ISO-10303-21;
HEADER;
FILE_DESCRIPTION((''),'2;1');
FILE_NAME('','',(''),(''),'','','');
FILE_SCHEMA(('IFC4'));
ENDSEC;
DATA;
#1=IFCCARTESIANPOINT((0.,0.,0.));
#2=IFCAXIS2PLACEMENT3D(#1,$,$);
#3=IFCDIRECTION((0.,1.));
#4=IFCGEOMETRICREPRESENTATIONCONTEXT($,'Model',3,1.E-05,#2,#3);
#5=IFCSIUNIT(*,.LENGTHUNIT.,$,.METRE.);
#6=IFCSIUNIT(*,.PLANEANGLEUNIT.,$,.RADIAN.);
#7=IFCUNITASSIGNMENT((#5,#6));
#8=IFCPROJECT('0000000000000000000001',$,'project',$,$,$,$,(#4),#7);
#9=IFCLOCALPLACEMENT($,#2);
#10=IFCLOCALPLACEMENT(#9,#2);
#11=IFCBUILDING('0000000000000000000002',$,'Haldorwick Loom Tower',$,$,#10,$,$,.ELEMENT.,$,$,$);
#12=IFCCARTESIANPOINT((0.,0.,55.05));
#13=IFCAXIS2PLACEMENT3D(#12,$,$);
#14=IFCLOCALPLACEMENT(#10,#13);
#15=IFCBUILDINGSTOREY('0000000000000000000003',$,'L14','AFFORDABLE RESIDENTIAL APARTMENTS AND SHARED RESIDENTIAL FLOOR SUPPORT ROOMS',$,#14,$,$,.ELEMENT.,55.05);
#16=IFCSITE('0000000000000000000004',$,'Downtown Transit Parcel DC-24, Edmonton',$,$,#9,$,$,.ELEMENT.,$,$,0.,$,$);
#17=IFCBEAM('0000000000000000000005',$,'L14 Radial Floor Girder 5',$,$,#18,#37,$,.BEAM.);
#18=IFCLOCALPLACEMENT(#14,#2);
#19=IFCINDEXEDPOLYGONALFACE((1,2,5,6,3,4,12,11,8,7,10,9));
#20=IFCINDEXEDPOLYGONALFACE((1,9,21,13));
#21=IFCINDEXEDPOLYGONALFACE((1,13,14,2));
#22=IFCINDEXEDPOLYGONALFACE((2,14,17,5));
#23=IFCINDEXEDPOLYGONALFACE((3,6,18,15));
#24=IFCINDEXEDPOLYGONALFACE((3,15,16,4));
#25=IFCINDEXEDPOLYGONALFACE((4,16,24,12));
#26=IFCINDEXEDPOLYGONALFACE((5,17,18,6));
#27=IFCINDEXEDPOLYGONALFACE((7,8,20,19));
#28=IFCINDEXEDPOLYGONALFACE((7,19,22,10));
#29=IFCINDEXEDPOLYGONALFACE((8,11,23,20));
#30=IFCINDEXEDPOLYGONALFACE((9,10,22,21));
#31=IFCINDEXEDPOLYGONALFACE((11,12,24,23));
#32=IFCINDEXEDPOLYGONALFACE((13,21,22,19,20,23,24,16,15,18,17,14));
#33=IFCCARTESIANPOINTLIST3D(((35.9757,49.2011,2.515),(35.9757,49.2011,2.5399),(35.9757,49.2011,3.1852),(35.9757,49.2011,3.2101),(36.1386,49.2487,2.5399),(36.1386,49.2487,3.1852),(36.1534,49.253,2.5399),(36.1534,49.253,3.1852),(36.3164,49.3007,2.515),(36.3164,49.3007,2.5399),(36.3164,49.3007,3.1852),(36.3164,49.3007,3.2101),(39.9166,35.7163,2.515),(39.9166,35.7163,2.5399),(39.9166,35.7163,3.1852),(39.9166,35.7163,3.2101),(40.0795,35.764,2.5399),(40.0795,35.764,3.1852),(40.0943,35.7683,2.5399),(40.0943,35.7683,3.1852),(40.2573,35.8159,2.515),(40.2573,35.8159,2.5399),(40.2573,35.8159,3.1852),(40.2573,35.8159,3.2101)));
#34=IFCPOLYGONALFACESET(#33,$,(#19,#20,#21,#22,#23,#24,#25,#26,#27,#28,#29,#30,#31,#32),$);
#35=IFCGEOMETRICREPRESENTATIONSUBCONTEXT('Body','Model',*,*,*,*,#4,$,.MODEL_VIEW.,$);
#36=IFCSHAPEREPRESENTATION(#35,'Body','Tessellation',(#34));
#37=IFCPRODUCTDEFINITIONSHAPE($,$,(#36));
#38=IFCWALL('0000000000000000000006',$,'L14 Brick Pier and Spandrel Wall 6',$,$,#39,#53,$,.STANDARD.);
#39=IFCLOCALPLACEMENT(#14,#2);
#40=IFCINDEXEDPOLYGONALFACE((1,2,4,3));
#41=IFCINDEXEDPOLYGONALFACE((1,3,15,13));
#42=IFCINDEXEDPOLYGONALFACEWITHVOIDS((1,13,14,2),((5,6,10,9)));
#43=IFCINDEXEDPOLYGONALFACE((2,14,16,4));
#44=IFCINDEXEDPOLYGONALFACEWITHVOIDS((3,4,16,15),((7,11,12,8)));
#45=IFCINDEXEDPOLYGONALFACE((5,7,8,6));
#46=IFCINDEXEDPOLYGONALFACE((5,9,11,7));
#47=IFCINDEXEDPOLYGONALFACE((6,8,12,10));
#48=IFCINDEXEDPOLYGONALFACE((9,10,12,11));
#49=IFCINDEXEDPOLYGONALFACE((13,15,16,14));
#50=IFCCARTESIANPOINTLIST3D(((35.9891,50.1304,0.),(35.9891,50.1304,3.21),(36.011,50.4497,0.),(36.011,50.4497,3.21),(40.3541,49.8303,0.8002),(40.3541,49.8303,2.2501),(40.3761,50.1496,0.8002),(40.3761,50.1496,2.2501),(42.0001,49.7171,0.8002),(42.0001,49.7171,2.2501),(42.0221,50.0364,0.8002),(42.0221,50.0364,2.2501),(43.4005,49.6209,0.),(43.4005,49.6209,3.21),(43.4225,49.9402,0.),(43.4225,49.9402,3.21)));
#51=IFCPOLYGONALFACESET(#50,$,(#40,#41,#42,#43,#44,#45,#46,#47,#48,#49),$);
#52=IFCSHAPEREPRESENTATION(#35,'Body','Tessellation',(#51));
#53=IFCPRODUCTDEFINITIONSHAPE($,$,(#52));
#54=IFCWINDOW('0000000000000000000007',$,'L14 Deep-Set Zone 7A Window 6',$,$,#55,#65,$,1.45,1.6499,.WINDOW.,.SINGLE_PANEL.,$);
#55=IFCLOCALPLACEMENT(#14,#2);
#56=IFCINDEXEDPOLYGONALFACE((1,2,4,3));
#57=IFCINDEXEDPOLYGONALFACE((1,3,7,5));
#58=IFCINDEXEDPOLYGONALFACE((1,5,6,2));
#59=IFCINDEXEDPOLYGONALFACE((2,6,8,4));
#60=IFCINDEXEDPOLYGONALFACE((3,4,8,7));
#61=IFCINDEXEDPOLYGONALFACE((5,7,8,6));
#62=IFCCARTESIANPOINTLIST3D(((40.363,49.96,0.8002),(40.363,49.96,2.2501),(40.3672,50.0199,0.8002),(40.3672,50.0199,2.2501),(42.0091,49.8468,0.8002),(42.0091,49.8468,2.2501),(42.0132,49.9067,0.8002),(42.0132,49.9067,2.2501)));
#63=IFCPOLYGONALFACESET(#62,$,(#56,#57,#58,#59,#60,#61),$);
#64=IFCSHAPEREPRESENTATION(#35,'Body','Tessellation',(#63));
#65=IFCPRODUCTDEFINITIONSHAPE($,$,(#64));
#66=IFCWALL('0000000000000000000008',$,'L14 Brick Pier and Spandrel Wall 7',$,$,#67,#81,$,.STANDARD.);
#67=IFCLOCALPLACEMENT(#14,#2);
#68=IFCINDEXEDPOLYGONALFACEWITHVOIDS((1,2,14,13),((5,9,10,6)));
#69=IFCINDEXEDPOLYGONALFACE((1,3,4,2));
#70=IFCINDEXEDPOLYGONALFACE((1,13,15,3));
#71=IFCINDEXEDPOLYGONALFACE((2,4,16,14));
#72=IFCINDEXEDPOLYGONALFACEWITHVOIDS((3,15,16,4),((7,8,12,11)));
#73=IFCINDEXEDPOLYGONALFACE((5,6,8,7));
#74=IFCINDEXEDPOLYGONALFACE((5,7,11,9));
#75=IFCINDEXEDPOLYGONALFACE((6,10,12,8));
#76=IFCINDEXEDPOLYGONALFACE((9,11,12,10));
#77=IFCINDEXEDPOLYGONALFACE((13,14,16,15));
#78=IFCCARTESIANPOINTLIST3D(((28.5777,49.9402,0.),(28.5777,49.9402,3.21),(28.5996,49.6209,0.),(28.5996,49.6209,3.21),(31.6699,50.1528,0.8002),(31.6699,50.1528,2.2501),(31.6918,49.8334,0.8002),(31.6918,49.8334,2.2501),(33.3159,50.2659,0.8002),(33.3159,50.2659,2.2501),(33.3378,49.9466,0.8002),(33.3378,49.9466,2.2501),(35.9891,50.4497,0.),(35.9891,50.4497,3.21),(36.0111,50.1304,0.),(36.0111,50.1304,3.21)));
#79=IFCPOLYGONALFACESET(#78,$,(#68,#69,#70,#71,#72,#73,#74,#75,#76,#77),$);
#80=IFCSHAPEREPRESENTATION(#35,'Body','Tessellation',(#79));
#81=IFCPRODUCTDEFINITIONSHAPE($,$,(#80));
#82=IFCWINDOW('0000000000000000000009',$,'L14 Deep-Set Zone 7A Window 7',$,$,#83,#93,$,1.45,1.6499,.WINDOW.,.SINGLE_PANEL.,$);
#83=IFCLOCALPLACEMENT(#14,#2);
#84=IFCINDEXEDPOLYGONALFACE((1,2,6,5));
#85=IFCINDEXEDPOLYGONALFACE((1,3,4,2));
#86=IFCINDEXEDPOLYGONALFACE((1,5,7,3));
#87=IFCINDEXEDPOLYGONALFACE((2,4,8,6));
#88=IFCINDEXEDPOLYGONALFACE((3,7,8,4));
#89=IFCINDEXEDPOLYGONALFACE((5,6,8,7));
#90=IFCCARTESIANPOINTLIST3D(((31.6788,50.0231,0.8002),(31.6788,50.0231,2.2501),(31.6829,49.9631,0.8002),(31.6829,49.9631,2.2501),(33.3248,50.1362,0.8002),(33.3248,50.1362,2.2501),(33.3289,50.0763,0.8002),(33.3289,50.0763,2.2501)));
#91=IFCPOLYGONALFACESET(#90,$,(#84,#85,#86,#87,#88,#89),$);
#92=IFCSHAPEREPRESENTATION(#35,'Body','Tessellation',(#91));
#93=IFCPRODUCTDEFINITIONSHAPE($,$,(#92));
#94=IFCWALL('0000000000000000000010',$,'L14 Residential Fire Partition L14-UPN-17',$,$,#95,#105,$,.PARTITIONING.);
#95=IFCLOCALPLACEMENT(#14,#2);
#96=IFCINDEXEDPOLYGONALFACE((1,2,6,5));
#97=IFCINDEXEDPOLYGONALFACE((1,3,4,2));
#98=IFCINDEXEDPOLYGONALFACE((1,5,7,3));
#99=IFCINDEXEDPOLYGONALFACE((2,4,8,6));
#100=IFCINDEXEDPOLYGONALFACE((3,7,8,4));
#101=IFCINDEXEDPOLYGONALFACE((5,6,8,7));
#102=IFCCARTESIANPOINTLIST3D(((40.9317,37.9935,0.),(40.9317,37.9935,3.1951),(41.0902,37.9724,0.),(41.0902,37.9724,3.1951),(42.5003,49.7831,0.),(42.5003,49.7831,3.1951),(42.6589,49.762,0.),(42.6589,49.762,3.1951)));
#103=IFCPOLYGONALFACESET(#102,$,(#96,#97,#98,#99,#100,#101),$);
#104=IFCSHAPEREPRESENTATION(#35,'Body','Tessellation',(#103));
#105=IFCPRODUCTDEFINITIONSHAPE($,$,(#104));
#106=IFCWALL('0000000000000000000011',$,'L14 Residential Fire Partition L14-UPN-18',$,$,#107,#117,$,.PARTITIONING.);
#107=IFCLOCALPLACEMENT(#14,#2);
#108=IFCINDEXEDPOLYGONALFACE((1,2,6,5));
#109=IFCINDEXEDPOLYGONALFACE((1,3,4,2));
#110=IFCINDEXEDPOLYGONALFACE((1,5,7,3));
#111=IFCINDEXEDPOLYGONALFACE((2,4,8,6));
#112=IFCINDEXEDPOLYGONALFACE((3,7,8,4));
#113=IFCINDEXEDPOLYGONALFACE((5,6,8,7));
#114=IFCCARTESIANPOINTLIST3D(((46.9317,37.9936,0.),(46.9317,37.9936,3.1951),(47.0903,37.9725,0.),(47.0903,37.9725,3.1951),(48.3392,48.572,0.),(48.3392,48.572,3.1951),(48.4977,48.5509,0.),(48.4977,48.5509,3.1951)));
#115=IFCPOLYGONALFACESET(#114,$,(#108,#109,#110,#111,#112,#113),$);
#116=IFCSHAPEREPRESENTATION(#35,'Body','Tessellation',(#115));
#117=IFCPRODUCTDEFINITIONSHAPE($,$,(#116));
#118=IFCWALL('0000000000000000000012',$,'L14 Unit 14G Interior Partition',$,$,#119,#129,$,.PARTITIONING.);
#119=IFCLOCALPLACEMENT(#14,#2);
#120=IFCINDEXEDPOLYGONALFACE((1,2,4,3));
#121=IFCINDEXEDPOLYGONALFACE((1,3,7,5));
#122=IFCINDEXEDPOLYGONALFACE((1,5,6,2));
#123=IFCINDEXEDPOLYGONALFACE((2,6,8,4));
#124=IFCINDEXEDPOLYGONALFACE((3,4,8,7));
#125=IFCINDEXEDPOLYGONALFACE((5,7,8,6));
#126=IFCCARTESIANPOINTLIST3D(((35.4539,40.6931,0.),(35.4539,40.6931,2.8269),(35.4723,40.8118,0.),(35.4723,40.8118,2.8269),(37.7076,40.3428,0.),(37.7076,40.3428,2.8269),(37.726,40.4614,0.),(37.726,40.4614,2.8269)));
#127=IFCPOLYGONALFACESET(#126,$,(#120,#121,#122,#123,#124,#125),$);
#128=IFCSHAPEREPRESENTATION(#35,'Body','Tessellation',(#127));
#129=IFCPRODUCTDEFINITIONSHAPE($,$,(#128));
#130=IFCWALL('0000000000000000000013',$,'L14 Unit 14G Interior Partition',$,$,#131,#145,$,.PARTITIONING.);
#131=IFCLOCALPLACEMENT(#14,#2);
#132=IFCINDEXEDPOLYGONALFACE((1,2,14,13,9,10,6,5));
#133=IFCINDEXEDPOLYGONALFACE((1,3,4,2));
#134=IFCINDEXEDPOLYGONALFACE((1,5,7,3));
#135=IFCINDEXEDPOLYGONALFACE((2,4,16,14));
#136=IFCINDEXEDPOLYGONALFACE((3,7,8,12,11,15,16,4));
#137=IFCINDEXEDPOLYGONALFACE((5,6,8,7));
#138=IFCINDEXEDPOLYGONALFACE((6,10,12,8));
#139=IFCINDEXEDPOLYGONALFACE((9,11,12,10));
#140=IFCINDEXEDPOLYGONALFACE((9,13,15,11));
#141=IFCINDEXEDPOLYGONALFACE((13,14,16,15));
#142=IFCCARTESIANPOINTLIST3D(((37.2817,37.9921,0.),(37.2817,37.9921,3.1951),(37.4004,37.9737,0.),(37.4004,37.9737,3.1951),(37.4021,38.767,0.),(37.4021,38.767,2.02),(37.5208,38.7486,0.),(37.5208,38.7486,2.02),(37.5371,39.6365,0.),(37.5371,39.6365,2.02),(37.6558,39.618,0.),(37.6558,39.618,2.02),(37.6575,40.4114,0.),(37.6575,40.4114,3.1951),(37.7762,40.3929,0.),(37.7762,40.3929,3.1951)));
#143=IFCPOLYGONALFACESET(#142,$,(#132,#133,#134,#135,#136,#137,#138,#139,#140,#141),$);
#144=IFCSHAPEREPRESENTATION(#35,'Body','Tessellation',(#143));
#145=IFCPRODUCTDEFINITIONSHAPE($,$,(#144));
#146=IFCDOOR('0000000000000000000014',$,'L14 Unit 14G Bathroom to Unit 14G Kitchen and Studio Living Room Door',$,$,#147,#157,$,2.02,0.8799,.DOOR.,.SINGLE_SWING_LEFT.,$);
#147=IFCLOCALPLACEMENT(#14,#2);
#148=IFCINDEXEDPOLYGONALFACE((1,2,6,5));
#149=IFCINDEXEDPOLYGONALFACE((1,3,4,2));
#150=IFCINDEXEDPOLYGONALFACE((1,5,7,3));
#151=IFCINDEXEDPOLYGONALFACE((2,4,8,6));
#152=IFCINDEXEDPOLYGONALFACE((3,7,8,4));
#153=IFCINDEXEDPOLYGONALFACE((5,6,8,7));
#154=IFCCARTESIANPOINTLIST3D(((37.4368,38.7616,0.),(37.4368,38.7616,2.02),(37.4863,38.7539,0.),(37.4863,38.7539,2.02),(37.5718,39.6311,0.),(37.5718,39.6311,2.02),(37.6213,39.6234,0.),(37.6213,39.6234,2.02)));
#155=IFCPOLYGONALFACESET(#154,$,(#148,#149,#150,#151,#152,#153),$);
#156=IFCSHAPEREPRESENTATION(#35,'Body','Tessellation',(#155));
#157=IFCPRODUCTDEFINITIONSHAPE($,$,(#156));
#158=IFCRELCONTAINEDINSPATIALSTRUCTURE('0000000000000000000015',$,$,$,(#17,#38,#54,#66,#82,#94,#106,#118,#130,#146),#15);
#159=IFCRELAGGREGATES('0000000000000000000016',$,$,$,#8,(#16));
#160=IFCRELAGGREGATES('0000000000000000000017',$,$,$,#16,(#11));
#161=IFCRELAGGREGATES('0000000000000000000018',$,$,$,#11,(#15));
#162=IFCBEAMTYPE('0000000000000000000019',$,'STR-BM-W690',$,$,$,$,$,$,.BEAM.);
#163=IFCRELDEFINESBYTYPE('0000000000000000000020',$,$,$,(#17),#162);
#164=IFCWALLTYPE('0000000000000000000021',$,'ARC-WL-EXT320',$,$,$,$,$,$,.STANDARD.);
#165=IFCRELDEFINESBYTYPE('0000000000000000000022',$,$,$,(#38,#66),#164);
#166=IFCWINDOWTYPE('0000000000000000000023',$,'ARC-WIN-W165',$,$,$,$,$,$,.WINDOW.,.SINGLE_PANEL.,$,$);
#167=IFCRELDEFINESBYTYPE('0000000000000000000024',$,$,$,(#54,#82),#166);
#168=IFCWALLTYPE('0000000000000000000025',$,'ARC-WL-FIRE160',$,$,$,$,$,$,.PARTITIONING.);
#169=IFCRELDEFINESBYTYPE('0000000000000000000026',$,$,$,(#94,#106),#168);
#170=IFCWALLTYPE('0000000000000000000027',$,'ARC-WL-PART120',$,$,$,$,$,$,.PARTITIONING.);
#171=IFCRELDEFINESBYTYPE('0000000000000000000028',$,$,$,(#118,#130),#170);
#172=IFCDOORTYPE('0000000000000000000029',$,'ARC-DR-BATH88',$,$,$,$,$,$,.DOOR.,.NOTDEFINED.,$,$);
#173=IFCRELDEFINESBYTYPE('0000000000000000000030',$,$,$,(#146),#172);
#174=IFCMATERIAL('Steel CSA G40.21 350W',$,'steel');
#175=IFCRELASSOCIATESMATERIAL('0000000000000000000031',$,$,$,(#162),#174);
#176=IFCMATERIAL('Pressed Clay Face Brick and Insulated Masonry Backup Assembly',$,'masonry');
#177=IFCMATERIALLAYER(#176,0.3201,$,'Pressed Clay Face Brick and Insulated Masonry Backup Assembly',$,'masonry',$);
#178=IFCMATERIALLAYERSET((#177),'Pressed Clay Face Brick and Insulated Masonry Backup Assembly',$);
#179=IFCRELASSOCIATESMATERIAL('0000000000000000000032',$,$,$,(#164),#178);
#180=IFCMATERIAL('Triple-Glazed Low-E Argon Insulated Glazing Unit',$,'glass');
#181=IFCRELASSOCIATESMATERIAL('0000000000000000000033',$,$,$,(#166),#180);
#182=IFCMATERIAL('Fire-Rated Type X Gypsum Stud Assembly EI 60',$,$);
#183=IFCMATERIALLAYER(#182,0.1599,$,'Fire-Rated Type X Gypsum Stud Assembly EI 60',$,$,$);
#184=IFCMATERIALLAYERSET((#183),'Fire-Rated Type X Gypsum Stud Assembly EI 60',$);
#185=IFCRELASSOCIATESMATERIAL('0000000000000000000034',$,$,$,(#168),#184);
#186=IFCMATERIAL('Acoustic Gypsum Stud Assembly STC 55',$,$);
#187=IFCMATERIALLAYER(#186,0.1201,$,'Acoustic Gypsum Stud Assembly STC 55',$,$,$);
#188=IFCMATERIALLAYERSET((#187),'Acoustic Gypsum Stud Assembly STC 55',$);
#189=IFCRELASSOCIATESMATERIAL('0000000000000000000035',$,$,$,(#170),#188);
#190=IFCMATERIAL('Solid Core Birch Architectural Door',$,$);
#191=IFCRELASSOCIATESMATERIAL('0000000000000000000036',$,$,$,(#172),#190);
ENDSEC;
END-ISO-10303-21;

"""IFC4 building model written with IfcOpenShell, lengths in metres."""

from ifc_helpers import new_model, si_unit, direction, frame, frame_2d, origin, origin_2d, place, context, subcontext, project, spatial, rectangle, i_section, extrude, material, layer, layer_set, material_profile, profile_set, type_object, element, fill, save


model = new_model("IFC4")

# Units and contexts
model_context = context("Model", 3, precision=1e-05, world=origin(), true_north=direction((0.0, 1.0)))
body_context = subcontext(model_context, "Body", "Model", "MODEL_VIEW")
ifc_project = project(units=[si_unit("LENGTHUNIT", "METRE"), si_unit("PLANEANGLEUNIT", "RADIAN")], contexts=[model_context])

# Site, building, storey
site_placement = place(None, origin())
site = spatial("IfcSite", under=ifc_project, at=site_placement, Name="Downtown Transit Parcel DC-24, Edmonton", CompositionType="ELEMENT", RefElevation=0.0)
building_placement = place(site_placement, origin())
building = spatial("IfcBuilding", under=site, at=building_placement, Name="Haldorwick Loom Tower", CompositionType="ELEMENT")
storey_placement = place(building_placement, frame((0.0, 0.0, 55.05)))
storey = spatial("IfcBuildingStorey", under=building, at=storey_placement, Name="L14", Description="AFFORDABLE RESIDENTIAL APARTMENTS AND SHARED RESIDENTIAL FLOOR SUPPORT ROOMS", CompositionType="ELEMENT", Elevation=55.05)

# Beam
ifc_material_1 = material(Name="Steel CSA G40.21 350W", Category="steel")
ifc_material_profile_1 = material_profile(ifc_material_1, i_section(OverallWidth=0.355, OverallDepth=0.6951, WebThickness=0.0154, FlangeThickness=0.0249, at=origin_2d()), Name="W690X217", Category="steel")
ifc_profile_set_1 = profile_set([ifc_material_profile_1], Name="Steel CSA G40.21 350W")
beam_type_1 = type_object("IfcBeamType", Name="STR-BM-W690", PredefinedType="BEAM", material=ifc_profile_set_1)
beam_1_placement = place(storey_placement, frame((40.0869, 35.7661, 2.8625), z_axis=(-0.280514, 0.95985, 0.0), x_axis=(-0.95985, -0.280514, 0.0)))
element("IfcBeam", 1, at=beam_1_placement, inside=storey, type_object=beam_type_1, Name="L14 Radial Floor Girder 5", PredefinedType="BEAM", context=body_context, shape_type="SweptSolid", body=[
    extrude(i_section(OverallWidth=0.355, OverallDepth=0.6951, WebThickness=0.0154, FlangeThickness=0.0249, at=origin_2d()), origin(), (0.0, 0.0, 1.0), 14.0488),
])

# Walls, openings, windows
ifc_material_2 = material(Name="Pressed Clay Face Brick and Insulated Masonry Backup Assembly", Category="masonry")
ifc_layer_1 = layer(ifc_material_2, 0.3201, Name="Pressed Clay Face Brick and Insulated Masonry Backup Assembly", Category="masonry")
ifc_layer_set_1 = layer_set([ifc_layer_1], Name="Pressed Clay Face Brick and Insulated Masonry Backup Assembly")
wall_type_1 = type_object("IfcWallType", Name="ARC-WL-EXT320", PredefinedType="STANDARD", material=ifc_layer_set_1)
wall_1_placement = place(storey_placement, frame((43.4114, 49.7805, 0.0), z_axis=(0.0, 0.0, 1.0), x_axis=(-0.997645, 0.068587, 0.0)))
wall_1 = element("IfcWall", 2, at=wall_1_placement, inside=storey, type_object=wall_type_1, Name="L14 Brick Pier and Spandrel Wall 6", PredefinedType="STANDARD", context=body_context, shape_type="SweptSolid", body=[
    extrude(rectangle(XDim=7.429, YDim=0.3201, at=frame_2d((3.7144, 0.0))), origin(), (0.0, 0.0, 1.0), 3.21),
])
opening_1_placement = place(wall_1_placement, frame((1.4036, 0.0, 0.8)))
opening_1 = element("IfcOpeningElement", 3, at=opening_1_placement, cuts=wall_1, PredefinedType="OPENING", context=body_context, shape_type="SweptSolid", body=[
    extrude(rectangle(XDim=1.6499, YDim=1.45, at=frame_2d((0.825, 0.7251))), frame((0.0, 0.1699, 0.0), z_axis=(0.0, -1.0, 0.0), x_axis=(1.0, 0.0, 0.0)), (0.0, 0.0, 1.0), 0.3401),
])
ifc_material_3 = material(Name="Triple-Glazed Low-E Argon Insulated Glazing Unit", Category="glass")
window_type = type_object("IfcWindowType", Name="ARC-WIN-W165", PartitioningType="SINGLE_PANEL", PredefinedType="WINDOW", material=ifc_material_3)
window_1_placement = place(opening_1_placement, origin())
window_1 = element("IfcWindow", 4, at=window_1_placement, inside=storey, type_object=window_type, Name="L14 Deep-Set Zone 7A Window 6", OverallHeight=1.45, OverallWidth=1.6499, PartitioningType="SINGLE_PANEL", PredefinedType="WINDOW", context=body_context, shape_type="SweptSolid", body=[
    extrude(rectangle(XDim=1.6499, YDim=1.45, at=frame_2d((0.825, 0.7251))), frame((0.0, 0.03, 0.0), z_axis=(0.0, -1.0, 0.0), x_axis=(1.0, 0.0, 0.0)), (0.0, 0.0, 1.0), 0.0601),
])
fill(opening_1, window_1)
wall_2_placement = place(storey_placement, frame((36.0, 50.29, 0.0), z_axis=(0.0, 0.0, 1.0), x_axis=(-0.997645, -0.068587, 0.0)))
wall_2 = element("IfcWall", 5, at=wall_2_placement, inside=storey, type_object=wall_type_1, Name="L14 Brick Pier and Spandrel Wall 7", PredefinedType="STANDARD", context=body_context, shape_type="SweptSolid", body=[
    extrude(rectangle(XDim=7.429, YDim=0.3201, at=frame_2d((3.7144, 0.0))), origin(), (0.0, 0.0, 1.0), 3.21),
])
opening_2_placement = place(wall_2_placement, frame((2.6794, 0.0, 0.8)))
opening_2 = element("IfcOpeningElement", 6, at=opening_2_placement, cuts=wall_2, PredefinedType="OPENING", context=body_context, shape_type="SweptSolid", body=[
    extrude(rectangle(XDim=1.6499, YDim=1.45, at=frame_2d((0.825, 0.7251))), frame((0.0, 0.1699, 0.0), z_axis=(0.0, -1.0, 0.0), x_axis=(1.0, 0.0, 0.0)), (0.0, 0.0, 1.0), 0.3401),
])
window_2_placement = place(opening_2_placement, origin())
window_2 = element("IfcWindow", 7, at=window_2_placement, inside=storey, type_object=window_type, Name="L14 Deep-Set Zone 7A Window 7", OverallHeight=1.45, OverallWidth=1.6499, PartitioningType="SINGLE_PANEL", PredefinedType="WINDOW", context=body_context, shape_type="SweptSolid", body=[
    extrude(rectangle(XDim=1.6499, YDim=1.45, at=frame_2d((0.825, 0.7251))), frame((0.0, 0.03, 0.0), z_axis=(0.0, -1.0, 0.0), x_axis=(1.0, 0.0, 0.0)), (0.0, 0.0, 1.0), 0.0601),
])
fill(opening_2, window_2)

# Walls
ifc_material_4 = material(Name="Fire-Rated Type X Gypsum Stud Assembly EI 60")
ifc_layer_2 = layer(ifc_material_4, 0.1599, Name="Fire-Rated Type X Gypsum Stud Assembly EI 60")
ifc_layer_set_2 = layer_set([ifc_layer_2], Name="Fire-Rated Type X Gypsum Stud Assembly EI 60")
wall_type_2 = type_object("IfcWallType", Name="ARC-WL-FIRE160", PredefinedType="PARTITIONING", material=ifc_layer_set_2)
wall_3_placement = place(storey_placement, frame((41.011, 37.9829, 0.0), z_axis=(0.0, 0.0, 1.0), x_axis=(0.131888, 0.991265, 0.0)))
element("IfcWall", 8, at=wall_3_placement, inside=storey, type_object=wall_type_2, Name="L14 Residential Fire Partition L14-UPN-17", PredefinedType="PARTITIONING", context=body_context, shape_type="SweptSolid", body=[
    extrude(rectangle(XDim=11.8936, YDim=0.1599, at=frame_2d((5.9468, 0.0))), origin(), (0.0, 0.0, 1.0), 3.1951),
])
wall_4_placement = place(storey_placement, frame((47.011, 37.9829, 0.0), z_axis=(0.0, 0.0, 1.0), x_axis=(0.131889, 0.991264, 0.0)))
element("IfcWall", 9, at=wall_4_placement, inside=storey, type_object=wall_type_2, Name="L14 Residential Fire Partition L14-UPN-18", PredefinedType="PARTITIONING", context=body_context, shape_type="SweptSolid", body=[
    extrude(rectangle(XDim=10.6716, YDim=0.1599, at=frame_2d((5.3359, 0.0))), origin(), (0.0, 0.0, 1.0), 3.1951),
])
ifc_material_5 = material(Name="Acoustic Gypsum Stud Assembly STC 55")
ifc_layer_3 = layer(ifc_material_5, 0.1201, Name="Acoustic Gypsum Stud Assembly STC 55")
ifc_layer_set_3 = layer_set([ifc_layer_3], Name="Acoustic Gypsum Stud Assembly STC 55")
wall_type_3 = type_object("IfcWallType", Name="ARC-WL-PART120", PredefinedType="PARTITIONING", material=ifc_layer_set_3)
wall_5_placement = place(storey_placement, frame((37.7168, 40.4021, 0.0), z_axis=(0.0, 0.0, 1.0), x_axis=(-0.988132, 0.153609, 0.0)))
element("IfcWall", 10, at=wall_5_placement, inside=storey, type_object=wall_type_3, Name="L14 Unit 14G Interior Partition", PredefinedType="PARTITIONING", context=body_context, shape_type="SweptSolid", body=[
    extrude(rectangle(XDim=2.2808, YDim=0.1201, at=frame_2d((1.1404, 0.0))), origin(), (0.0, 0.0, 1.0), 2.8269),
])

# Wall, opening, door
wall_6_placement = place(storey_placement, frame((37.3411, 37.9829, 0.0), z_axis=(0.0, 0.0, 1.0), x_axis=(0.153473, 0.988153, 0.0)))
wall_6 = element("IfcWall", 11, at=wall_6_placement, inside=storey, type_object=wall_type_3, Name="L14 Unit 14G Interior Partition", PredefinedType="PARTITIONING", context=body_context, shape_type="SweptSolid", body=[
    extrude(rectangle(XDim=2.4482, YDim=0.1201, at=frame_2d((1.2241, 0.0))), origin(), (0.0, 0.0, 1.0), 3.1951),
])
opening_3_placement = place(wall_6_placement, frame((0.7842, 0.0, 0.0)))
opening_3 = element("IfcOpeningElement", 12, at=opening_3_placement, cuts=wall_6, PredefinedType="OPENING", context=body_context, shape_type="SweptSolid", body=[
    extrude(rectangle(XDim=0.8799, YDim=2.02, at=frame_2d((0.4399, 1.01))), frame((0.0, 0.0701, 0.0), z_axis=(0.0, -1.0, 0.0), x_axis=(1.0, 0.0, 0.0)), (0.0, 0.0, 1.0), 0.1401),
])
ifc_material_6 = material(Name="Solid Core Birch Architectural Door")
door_type = type_object("IfcDoorType", Name="ARC-DR-BATH88", OperationType="NOTDEFINED", PredefinedType="DOOR", material=ifc_material_6)
door_placement = place(opening_3_placement, origin())
door = element("IfcDoor", 13, at=door_placement, inside=storey, type_object=door_type, Name="L14 Unit 14G Bathroom to Unit 14G Kitchen and Studio Living Room Door", OperationType="SINGLE_SWING_LEFT", OverallHeight=2.02, OverallWidth=0.8799, PredefinedType="DOOR", context=body_context, shape_type="SweptSolid", body=[
    extrude(rectangle(XDim=0.8799, YDim=2.02, at=frame_2d((0.4399, 1.01))), frame((0.0, 0.0249, 0.0), z_axis=(0.0, -1.0, 0.0), x_axis=(1.0, 0.0, 0.0)), (0.0, 0.0, 1.0), 0.05),
])
fill(opening_3, door)

save(model, "model.ifc")
